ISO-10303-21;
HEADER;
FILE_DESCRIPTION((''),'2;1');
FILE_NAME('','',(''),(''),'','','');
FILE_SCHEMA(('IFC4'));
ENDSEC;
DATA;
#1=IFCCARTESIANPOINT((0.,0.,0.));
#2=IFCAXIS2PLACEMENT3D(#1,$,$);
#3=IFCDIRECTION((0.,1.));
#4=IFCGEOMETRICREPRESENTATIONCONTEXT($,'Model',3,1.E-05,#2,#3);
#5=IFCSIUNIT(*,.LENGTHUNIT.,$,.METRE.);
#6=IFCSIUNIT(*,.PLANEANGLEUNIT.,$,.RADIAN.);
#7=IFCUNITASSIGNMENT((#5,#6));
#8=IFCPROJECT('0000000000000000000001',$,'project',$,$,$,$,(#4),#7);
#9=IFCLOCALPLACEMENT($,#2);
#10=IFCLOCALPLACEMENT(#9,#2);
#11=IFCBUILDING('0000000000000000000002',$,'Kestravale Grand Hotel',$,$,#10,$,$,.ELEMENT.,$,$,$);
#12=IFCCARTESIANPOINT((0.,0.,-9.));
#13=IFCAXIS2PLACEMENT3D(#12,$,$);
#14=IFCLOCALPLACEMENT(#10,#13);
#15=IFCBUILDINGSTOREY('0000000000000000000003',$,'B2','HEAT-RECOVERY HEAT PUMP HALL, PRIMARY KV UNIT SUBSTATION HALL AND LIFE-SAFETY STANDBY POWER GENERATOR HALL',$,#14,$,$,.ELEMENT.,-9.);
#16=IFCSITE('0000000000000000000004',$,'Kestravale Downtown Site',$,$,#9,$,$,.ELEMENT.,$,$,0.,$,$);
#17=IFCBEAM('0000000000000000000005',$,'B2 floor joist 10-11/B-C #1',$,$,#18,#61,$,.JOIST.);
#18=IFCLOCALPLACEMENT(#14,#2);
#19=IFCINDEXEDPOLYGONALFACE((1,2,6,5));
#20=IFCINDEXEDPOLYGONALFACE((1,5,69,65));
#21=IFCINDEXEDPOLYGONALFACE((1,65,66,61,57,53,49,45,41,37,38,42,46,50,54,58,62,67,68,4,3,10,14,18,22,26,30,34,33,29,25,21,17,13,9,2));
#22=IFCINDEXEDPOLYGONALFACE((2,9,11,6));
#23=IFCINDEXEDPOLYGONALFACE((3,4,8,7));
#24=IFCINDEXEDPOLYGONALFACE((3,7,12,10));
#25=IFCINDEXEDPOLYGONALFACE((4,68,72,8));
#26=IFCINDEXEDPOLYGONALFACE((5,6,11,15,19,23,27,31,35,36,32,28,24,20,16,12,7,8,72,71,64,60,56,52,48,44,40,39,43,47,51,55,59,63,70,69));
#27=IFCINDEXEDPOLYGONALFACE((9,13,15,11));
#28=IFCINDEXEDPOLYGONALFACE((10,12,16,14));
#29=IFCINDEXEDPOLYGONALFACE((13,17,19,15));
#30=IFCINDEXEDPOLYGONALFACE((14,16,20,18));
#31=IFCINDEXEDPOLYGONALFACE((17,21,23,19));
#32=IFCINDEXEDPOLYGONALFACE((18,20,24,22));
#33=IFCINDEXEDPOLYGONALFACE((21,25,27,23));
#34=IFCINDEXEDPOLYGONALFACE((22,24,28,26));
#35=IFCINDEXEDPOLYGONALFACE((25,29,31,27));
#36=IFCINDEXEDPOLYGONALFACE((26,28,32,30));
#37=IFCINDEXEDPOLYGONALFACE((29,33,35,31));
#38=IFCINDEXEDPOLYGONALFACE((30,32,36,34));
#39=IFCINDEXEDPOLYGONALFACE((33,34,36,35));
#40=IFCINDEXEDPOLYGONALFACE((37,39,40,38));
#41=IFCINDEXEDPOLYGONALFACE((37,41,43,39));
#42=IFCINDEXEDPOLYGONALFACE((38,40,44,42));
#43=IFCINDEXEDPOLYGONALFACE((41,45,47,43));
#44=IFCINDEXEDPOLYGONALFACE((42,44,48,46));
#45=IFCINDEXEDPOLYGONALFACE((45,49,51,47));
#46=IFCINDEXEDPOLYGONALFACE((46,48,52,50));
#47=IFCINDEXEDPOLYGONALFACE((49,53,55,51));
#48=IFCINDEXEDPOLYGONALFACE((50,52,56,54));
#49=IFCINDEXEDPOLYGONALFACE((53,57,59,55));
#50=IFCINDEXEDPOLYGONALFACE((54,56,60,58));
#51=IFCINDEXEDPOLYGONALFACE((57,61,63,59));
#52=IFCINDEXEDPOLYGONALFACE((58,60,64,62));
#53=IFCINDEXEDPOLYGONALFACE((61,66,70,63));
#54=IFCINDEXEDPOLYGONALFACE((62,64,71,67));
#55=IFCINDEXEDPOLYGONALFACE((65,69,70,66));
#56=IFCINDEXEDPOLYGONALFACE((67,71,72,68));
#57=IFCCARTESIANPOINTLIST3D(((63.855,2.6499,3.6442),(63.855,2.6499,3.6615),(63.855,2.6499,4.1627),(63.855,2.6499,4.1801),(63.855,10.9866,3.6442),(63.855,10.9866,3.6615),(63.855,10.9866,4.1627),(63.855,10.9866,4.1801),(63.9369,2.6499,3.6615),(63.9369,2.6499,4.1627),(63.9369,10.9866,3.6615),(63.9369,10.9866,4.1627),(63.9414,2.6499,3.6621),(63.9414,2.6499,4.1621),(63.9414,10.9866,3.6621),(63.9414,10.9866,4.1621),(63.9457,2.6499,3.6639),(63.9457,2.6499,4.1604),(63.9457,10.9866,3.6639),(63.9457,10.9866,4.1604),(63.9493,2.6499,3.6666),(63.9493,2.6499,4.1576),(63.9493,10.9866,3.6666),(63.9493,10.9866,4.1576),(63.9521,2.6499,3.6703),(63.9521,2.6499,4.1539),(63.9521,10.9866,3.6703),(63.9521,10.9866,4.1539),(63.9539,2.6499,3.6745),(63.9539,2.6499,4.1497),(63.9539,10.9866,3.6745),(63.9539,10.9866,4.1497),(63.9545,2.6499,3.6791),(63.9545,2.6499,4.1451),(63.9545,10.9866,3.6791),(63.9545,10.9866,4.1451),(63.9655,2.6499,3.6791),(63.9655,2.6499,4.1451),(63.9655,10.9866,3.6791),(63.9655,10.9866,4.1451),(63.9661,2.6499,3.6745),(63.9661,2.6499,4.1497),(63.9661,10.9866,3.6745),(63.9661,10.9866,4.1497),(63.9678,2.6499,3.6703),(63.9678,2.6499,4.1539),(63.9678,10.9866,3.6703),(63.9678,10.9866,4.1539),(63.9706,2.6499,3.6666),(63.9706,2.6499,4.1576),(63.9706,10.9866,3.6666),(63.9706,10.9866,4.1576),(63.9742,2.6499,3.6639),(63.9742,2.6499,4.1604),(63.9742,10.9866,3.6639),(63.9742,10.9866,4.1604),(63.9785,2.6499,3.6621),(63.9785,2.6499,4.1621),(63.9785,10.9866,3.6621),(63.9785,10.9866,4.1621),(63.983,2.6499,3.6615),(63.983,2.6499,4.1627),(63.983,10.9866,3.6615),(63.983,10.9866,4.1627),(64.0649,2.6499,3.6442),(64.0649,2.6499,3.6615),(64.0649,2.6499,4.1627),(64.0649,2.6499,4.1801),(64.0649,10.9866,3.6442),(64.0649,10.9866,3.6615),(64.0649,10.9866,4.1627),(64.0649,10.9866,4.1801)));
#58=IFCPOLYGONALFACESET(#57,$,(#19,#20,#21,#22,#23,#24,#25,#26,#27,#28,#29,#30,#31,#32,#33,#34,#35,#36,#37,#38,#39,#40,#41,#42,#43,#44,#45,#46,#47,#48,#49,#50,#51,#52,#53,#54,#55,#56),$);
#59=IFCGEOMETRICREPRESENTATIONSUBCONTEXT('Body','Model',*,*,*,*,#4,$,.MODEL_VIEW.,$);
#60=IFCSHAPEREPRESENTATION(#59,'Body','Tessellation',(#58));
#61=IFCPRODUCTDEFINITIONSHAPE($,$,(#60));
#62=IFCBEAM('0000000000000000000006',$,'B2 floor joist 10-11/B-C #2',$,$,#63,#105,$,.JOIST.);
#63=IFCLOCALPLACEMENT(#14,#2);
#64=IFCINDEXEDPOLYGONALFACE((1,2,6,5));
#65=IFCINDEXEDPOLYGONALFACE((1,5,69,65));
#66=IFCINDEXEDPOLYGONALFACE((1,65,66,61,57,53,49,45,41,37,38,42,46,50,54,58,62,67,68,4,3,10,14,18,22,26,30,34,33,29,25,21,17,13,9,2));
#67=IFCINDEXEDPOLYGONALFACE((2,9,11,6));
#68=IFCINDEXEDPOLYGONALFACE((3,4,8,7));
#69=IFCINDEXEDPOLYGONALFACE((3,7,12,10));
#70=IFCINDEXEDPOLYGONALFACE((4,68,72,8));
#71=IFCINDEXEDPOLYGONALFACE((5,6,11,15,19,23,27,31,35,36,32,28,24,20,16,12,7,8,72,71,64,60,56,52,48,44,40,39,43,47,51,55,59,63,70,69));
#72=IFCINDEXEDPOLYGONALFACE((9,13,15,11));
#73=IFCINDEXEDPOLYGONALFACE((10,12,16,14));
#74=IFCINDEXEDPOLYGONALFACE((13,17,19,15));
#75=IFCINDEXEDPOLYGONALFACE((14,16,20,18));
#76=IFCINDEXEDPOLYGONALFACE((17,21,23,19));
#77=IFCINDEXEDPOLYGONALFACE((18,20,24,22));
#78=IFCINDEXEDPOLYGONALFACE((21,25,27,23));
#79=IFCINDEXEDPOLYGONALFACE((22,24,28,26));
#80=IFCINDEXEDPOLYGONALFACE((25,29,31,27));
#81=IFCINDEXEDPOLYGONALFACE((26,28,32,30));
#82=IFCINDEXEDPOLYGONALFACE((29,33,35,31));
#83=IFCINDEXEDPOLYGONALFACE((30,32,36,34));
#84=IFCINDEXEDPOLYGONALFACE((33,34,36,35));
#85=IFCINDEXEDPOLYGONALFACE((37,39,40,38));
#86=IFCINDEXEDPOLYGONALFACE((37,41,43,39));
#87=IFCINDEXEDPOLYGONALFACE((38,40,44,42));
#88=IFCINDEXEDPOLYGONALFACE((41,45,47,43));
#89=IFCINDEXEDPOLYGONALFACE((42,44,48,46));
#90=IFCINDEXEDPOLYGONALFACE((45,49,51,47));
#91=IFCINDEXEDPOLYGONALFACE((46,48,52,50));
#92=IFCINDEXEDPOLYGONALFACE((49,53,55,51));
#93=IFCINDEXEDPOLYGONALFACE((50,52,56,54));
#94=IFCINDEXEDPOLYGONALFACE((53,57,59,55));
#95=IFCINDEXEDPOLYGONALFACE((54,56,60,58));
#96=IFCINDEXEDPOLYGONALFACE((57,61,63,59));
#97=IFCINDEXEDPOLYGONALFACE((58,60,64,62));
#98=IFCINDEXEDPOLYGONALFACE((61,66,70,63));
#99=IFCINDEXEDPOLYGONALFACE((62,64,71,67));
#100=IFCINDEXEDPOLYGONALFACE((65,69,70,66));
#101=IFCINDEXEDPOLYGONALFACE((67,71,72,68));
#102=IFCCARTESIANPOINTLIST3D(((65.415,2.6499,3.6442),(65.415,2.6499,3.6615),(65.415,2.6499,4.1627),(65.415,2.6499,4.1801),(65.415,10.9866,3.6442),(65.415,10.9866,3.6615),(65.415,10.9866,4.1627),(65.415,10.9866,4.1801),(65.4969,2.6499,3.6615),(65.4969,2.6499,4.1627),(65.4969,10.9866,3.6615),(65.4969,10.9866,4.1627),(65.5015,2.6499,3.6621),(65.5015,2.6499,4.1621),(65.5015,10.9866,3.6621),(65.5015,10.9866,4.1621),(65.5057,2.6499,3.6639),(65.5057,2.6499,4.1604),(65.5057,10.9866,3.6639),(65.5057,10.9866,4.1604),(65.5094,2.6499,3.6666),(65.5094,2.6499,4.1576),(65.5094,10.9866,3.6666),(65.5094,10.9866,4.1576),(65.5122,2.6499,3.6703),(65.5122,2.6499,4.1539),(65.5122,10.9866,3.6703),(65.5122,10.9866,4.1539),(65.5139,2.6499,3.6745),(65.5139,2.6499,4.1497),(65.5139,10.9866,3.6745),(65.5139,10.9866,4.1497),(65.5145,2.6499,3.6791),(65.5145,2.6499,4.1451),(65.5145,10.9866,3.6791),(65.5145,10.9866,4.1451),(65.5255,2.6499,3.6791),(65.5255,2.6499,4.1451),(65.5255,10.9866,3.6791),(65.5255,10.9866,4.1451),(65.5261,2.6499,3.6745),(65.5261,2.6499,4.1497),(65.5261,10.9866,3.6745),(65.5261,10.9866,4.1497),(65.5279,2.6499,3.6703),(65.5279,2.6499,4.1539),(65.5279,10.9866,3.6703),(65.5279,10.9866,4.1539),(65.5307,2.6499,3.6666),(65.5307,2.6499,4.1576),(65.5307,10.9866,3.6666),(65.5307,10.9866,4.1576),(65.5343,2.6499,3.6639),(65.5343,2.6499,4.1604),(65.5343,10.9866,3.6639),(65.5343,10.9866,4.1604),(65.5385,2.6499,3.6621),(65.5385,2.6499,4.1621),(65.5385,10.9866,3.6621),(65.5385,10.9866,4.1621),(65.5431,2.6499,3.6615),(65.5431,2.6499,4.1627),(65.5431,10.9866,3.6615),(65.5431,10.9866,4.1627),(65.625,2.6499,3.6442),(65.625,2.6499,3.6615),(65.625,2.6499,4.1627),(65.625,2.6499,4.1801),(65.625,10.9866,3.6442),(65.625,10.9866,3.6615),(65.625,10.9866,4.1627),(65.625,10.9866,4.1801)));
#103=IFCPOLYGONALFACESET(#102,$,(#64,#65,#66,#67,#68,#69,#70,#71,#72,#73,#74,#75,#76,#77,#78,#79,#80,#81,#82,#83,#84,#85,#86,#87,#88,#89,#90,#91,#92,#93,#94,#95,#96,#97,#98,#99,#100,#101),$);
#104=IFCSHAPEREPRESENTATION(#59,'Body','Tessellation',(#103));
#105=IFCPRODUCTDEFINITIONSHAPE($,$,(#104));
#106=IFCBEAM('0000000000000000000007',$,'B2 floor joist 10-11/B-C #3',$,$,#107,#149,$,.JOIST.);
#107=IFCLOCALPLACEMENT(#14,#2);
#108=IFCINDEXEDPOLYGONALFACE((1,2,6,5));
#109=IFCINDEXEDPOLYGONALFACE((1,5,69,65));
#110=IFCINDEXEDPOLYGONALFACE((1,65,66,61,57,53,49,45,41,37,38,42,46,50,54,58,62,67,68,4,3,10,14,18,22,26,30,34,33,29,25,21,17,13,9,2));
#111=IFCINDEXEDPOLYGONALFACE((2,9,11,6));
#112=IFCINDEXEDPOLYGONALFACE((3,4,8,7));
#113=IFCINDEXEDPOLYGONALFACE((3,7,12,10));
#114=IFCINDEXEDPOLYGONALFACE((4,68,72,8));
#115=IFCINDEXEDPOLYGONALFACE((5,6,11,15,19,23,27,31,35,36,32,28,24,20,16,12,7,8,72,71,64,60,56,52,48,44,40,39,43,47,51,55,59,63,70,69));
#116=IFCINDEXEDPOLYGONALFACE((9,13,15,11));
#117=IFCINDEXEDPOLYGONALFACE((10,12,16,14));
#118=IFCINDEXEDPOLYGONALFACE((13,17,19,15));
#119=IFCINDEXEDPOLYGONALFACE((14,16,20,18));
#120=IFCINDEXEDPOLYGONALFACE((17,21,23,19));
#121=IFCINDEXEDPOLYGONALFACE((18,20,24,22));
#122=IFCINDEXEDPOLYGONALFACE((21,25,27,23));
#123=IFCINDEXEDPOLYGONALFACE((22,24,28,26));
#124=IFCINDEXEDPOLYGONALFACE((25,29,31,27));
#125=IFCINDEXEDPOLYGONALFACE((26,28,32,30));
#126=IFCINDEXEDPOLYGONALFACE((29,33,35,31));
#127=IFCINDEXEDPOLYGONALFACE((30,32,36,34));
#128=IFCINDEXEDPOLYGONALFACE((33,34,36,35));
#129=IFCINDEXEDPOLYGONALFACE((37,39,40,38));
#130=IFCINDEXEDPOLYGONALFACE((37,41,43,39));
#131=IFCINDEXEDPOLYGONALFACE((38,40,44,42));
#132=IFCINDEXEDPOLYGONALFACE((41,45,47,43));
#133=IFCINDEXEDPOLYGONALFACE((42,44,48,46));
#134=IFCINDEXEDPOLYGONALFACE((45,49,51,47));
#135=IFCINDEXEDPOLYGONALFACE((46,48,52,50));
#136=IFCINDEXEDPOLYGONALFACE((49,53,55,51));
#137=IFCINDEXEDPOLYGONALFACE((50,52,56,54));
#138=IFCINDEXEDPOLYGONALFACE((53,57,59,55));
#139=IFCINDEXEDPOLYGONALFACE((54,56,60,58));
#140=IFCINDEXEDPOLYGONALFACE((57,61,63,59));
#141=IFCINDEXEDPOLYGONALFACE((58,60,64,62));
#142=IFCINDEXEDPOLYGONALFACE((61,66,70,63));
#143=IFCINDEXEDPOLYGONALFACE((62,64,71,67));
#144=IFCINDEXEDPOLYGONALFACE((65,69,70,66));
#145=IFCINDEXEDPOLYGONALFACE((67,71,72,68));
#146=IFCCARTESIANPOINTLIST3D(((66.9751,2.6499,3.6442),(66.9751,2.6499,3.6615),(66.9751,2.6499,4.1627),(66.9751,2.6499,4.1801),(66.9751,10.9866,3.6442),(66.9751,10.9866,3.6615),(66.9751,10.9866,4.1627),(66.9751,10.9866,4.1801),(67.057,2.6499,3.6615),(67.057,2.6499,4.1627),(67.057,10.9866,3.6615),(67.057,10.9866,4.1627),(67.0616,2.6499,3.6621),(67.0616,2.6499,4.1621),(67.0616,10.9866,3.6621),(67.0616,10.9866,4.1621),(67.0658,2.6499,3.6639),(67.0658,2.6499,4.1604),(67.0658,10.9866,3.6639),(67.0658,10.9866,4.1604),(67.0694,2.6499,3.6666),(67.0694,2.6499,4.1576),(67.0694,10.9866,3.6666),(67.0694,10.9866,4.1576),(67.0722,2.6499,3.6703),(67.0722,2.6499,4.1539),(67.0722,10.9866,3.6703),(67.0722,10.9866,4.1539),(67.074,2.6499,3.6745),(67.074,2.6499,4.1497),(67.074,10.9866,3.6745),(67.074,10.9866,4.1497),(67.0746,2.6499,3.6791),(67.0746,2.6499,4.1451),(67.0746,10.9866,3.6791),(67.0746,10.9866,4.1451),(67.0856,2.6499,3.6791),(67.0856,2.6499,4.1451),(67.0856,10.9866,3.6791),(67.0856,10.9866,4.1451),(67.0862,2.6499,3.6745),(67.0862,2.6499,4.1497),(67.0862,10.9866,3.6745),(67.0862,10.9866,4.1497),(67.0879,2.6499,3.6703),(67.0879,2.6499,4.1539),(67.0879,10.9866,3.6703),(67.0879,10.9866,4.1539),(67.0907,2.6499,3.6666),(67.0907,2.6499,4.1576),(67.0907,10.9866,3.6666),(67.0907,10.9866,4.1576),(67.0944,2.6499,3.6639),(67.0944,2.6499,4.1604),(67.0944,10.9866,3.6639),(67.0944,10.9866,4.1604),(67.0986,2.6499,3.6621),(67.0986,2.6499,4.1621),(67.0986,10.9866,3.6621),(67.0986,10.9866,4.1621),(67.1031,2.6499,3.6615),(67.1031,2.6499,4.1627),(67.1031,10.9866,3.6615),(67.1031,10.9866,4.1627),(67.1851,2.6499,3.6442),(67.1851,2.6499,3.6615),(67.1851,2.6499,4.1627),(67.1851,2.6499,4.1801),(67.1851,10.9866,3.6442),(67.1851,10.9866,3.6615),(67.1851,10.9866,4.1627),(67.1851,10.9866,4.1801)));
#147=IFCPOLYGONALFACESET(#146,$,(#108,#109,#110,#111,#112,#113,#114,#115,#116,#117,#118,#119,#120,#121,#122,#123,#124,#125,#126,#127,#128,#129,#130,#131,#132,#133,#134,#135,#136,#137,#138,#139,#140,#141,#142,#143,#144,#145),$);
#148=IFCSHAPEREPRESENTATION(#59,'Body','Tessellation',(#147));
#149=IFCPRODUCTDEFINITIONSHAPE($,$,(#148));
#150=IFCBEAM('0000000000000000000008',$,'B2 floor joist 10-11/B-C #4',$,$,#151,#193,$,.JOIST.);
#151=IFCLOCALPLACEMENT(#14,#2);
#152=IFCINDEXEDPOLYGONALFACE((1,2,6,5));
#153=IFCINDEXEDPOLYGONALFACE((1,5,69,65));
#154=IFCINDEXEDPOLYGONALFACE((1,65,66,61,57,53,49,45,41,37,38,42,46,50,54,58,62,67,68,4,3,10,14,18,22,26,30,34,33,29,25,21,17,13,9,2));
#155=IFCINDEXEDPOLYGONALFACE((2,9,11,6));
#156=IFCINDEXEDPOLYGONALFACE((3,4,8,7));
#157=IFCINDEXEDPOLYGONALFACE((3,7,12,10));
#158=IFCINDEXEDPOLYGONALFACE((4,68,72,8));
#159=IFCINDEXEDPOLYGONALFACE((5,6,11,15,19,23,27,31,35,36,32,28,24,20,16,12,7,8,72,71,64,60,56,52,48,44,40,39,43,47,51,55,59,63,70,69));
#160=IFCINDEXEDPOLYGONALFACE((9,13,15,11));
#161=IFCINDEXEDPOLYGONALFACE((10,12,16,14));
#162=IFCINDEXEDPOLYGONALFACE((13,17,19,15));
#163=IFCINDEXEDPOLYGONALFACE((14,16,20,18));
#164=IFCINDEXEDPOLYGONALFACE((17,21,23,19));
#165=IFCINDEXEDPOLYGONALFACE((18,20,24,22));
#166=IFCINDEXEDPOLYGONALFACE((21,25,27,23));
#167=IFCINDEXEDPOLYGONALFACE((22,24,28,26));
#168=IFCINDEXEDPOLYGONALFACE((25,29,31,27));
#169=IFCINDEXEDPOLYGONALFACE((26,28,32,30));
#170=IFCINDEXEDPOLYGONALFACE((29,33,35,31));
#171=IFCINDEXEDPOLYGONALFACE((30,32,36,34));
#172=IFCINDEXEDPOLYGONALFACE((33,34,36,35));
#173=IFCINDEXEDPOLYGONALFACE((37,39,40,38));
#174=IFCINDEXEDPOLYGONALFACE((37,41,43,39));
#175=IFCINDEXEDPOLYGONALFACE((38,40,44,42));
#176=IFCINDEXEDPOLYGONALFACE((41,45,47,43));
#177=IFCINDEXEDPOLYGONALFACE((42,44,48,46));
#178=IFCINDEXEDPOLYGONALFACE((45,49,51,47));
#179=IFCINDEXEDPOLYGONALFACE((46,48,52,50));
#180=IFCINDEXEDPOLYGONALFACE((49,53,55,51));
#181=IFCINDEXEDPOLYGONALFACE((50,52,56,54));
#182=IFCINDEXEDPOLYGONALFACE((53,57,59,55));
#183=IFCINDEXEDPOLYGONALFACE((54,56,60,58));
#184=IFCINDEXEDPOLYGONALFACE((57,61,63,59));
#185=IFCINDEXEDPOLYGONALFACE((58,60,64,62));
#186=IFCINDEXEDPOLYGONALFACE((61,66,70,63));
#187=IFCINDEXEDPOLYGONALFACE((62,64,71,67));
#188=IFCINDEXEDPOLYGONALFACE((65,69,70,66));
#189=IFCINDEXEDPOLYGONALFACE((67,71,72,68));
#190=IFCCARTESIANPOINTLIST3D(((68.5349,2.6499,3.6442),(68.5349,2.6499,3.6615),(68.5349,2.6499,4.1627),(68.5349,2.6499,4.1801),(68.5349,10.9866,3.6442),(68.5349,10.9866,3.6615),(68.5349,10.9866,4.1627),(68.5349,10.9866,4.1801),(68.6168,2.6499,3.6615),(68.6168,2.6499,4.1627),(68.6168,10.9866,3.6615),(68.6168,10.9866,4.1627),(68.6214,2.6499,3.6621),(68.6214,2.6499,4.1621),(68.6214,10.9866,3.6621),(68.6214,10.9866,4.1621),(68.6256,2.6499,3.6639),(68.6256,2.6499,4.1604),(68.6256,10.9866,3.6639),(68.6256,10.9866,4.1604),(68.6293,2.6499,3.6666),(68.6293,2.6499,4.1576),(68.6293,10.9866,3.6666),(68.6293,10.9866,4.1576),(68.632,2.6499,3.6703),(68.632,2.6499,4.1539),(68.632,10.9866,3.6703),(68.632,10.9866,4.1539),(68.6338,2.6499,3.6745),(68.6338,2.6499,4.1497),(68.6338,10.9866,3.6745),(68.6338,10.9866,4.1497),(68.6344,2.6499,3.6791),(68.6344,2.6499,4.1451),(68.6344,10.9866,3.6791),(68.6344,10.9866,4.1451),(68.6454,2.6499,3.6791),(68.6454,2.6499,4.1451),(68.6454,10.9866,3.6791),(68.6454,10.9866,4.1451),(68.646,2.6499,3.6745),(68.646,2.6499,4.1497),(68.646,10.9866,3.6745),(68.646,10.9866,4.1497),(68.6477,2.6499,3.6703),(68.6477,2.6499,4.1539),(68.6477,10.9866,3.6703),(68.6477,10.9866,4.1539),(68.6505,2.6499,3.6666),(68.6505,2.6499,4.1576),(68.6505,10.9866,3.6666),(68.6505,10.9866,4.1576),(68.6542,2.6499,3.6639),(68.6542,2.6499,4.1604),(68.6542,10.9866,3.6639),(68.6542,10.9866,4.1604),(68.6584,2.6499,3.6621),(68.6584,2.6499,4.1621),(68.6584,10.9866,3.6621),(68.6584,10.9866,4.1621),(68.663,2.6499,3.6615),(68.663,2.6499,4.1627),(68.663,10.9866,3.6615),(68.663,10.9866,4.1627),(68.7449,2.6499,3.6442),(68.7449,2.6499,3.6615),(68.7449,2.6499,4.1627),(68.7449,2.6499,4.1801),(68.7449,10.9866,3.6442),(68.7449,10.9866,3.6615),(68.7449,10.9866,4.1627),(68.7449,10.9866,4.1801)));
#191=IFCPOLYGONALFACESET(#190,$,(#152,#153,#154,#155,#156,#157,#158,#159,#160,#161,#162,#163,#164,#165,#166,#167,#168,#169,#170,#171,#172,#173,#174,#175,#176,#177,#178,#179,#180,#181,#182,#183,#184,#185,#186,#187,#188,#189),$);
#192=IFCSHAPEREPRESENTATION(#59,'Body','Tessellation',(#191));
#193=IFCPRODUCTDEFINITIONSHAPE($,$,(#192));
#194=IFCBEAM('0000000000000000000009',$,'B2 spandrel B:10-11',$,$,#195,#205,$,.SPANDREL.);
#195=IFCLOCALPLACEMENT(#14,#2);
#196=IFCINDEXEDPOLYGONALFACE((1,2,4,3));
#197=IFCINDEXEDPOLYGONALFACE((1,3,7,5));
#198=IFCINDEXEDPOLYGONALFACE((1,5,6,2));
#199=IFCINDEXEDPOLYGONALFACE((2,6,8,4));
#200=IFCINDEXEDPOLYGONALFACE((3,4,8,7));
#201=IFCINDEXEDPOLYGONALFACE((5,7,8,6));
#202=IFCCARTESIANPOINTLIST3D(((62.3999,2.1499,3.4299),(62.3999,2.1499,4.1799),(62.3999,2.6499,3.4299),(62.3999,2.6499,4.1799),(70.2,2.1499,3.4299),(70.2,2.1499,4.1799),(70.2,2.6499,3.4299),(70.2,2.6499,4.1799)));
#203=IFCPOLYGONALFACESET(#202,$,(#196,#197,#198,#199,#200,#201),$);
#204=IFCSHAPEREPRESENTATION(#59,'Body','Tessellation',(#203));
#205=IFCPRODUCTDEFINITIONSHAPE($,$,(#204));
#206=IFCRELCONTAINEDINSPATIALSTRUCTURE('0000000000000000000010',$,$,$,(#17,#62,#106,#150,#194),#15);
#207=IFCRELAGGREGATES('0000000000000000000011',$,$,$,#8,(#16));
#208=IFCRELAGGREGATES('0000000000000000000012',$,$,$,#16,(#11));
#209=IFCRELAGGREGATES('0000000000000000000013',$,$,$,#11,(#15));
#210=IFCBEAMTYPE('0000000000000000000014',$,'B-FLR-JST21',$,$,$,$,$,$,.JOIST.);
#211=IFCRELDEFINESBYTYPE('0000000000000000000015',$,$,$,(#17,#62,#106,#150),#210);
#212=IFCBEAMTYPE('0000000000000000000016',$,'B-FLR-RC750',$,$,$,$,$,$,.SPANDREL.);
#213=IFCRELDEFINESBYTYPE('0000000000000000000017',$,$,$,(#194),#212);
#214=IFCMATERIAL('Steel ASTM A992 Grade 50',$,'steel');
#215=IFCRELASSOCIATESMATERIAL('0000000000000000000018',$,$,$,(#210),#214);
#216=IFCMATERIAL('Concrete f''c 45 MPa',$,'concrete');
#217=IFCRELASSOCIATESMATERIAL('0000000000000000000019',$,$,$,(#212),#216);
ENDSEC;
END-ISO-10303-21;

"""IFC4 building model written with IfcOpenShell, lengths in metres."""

from ifc_helpers import new_model, si_unit, direction, frame, origin, origin_2d, place, context, subcontext, project, spatial, rectangle, i_section, extrude, material, material_profile, profile_set, type_object, element, save


model = new_model("IFC4")

# Units and contexts
model_context = context("Model", 3, precision=1e-05, world=origin(), true_north=direction((0.0, 1.0)))
body_context = subcontext(model_context, "Body", "Model", "MODEL_VIEW")
ifc_project = project(units=[si_unit("LENGTHUNIT", "METRE"), si_unit("PLANEANGLEUNIT", "RADIAN")], contexts=[model_context])

# Site, building, storey
site_placement = place(None, origin())
site = spatial("IfcSite", under=ifc_project, at=site_placement, Name="Kestravale Downtown Site", CompositionType="ELEMENT", RefElevation=0.0)
building_placement = place(site_placement, origin())
building = spatial("IfcBuilding", under=site, at=building_placement, Name="Kestravale Grand Hotel", CompositionType="ELEMENT")
storey_placement = place(building_placement, frame((0.0, 0.0, -9.0)))
storey = spatial("IfcBuildingStorey", under=building, at=storey_placement, Name="B2", Description="HEAT-RECOVERY HEAT PUMP HALL, PRIMARY KV UNIT SUBSTATION HALL AND LIFE-SAFETY STANDBY POWER GENERATOR HALL", CompositionType="ELEMENT", Elevation=-9.0)

# Beams
ifc_material_1 = material(Name="Steel ASTM A992 Grade 50", Category="steel")
ifc_material_profile_1 = material_profile(ifc_material_1, i_section(OverallWidth=0.21, OverallDepth=0.5359, WebThickness=0.011, FlangeThickness=0.0173, FilletRadius=0.0176, at=origin_2d()))
ifc_profile_set_1 = profile_set([ifc_material_profile_1], Name="Steel ASTM A992 Grade 50")
beam_type_1 = type_object("IfcBeamType", Name="B-FLR-JST21", PredefinedType="JOIST", material=ifc_profile_set_1)
for number, where, z_axis, x_axis, name in (
    (1, (63.96, 2.6499, 3.9121), (0.0, 1.0, 0.0), (-1.0, 0.0, 0.0), "B2 floor joist 10-11/B-C #1"),
    (2, (65.52, 2.6499, 3.9121), (0.0, 1.0, 0.0), (-1.0, 0.0, 0.0), "B2 floor joist 10-11/B-C #2"),
    (3, (67.0801, 2.6499, 3.9121), (0.0, 1.0, 0.0), (-1.0, 0.0, 0.0), "B2 floor joist 10-11/B-C #3"),
    (4, (68.6399, 2.6499, 3.9121), (0.0, 1.0, 0.0), (-1.0, 0.0, 0.0), "B2 floor joist 10-11/B-C #4"),
):
    element("IfcBeam", number, at=place(storey_placement, frame(where, z_axis=z_axis, x_axis=x_axis)), inside=storey, type_object=beam_type_1, Name=name, PredefinedType="JOIST", context=body_context, shape_type="SweptSolid", body=[
        extrude(i_section(OverallWidth=0.21, OverallDepth=0.5359, WebThickness=0.011, FlangeThickness=0.0173, FilletRadius=0.0176, at=origin_2d()), origin(), (0.0, 0.0, 1.0), 8.3367),
    ])
ifc_material_2 = material(Name="Concrete f'c 45 MPa", Category="concrete")
ifc_material_profile_2 = material_profile(ifc_material_2, rectangle(XDim=0.5, YDim=0.75, at=origin_2d()))
ifc_profile_set_2 = profile_set([ifc_material_profile_2], Name="Concrete f'c 45 MPa")
beam_type_2 = type_object("IfcBeamType", Name="B-FLR-RC750", PredefinedType="SPANDREL", material=ifc_profile_set_2)
beam_1_placement = place(storey_placement, frame((62.3999, 2.3999, 3.8049), z_axis=(1.0, 0.0, 0.0), x_axis=(0.0, 1.0, 0.0)))
element("IfcBeam", 5, at=beam_1_placement, inside=storey, type_object=beam_type_2, Name="B2 spandrel B:10-11", PredefinedType="SPANDREL", context=body_context, shape_type="SweptSolid", body=[
    extrude(rectangle(XDim=0.5, YDim=0.75, at=origin_2d()), origin(), (0.0, 0.0, 1.0), 7.8),
])

save(model, "model.ifc")
